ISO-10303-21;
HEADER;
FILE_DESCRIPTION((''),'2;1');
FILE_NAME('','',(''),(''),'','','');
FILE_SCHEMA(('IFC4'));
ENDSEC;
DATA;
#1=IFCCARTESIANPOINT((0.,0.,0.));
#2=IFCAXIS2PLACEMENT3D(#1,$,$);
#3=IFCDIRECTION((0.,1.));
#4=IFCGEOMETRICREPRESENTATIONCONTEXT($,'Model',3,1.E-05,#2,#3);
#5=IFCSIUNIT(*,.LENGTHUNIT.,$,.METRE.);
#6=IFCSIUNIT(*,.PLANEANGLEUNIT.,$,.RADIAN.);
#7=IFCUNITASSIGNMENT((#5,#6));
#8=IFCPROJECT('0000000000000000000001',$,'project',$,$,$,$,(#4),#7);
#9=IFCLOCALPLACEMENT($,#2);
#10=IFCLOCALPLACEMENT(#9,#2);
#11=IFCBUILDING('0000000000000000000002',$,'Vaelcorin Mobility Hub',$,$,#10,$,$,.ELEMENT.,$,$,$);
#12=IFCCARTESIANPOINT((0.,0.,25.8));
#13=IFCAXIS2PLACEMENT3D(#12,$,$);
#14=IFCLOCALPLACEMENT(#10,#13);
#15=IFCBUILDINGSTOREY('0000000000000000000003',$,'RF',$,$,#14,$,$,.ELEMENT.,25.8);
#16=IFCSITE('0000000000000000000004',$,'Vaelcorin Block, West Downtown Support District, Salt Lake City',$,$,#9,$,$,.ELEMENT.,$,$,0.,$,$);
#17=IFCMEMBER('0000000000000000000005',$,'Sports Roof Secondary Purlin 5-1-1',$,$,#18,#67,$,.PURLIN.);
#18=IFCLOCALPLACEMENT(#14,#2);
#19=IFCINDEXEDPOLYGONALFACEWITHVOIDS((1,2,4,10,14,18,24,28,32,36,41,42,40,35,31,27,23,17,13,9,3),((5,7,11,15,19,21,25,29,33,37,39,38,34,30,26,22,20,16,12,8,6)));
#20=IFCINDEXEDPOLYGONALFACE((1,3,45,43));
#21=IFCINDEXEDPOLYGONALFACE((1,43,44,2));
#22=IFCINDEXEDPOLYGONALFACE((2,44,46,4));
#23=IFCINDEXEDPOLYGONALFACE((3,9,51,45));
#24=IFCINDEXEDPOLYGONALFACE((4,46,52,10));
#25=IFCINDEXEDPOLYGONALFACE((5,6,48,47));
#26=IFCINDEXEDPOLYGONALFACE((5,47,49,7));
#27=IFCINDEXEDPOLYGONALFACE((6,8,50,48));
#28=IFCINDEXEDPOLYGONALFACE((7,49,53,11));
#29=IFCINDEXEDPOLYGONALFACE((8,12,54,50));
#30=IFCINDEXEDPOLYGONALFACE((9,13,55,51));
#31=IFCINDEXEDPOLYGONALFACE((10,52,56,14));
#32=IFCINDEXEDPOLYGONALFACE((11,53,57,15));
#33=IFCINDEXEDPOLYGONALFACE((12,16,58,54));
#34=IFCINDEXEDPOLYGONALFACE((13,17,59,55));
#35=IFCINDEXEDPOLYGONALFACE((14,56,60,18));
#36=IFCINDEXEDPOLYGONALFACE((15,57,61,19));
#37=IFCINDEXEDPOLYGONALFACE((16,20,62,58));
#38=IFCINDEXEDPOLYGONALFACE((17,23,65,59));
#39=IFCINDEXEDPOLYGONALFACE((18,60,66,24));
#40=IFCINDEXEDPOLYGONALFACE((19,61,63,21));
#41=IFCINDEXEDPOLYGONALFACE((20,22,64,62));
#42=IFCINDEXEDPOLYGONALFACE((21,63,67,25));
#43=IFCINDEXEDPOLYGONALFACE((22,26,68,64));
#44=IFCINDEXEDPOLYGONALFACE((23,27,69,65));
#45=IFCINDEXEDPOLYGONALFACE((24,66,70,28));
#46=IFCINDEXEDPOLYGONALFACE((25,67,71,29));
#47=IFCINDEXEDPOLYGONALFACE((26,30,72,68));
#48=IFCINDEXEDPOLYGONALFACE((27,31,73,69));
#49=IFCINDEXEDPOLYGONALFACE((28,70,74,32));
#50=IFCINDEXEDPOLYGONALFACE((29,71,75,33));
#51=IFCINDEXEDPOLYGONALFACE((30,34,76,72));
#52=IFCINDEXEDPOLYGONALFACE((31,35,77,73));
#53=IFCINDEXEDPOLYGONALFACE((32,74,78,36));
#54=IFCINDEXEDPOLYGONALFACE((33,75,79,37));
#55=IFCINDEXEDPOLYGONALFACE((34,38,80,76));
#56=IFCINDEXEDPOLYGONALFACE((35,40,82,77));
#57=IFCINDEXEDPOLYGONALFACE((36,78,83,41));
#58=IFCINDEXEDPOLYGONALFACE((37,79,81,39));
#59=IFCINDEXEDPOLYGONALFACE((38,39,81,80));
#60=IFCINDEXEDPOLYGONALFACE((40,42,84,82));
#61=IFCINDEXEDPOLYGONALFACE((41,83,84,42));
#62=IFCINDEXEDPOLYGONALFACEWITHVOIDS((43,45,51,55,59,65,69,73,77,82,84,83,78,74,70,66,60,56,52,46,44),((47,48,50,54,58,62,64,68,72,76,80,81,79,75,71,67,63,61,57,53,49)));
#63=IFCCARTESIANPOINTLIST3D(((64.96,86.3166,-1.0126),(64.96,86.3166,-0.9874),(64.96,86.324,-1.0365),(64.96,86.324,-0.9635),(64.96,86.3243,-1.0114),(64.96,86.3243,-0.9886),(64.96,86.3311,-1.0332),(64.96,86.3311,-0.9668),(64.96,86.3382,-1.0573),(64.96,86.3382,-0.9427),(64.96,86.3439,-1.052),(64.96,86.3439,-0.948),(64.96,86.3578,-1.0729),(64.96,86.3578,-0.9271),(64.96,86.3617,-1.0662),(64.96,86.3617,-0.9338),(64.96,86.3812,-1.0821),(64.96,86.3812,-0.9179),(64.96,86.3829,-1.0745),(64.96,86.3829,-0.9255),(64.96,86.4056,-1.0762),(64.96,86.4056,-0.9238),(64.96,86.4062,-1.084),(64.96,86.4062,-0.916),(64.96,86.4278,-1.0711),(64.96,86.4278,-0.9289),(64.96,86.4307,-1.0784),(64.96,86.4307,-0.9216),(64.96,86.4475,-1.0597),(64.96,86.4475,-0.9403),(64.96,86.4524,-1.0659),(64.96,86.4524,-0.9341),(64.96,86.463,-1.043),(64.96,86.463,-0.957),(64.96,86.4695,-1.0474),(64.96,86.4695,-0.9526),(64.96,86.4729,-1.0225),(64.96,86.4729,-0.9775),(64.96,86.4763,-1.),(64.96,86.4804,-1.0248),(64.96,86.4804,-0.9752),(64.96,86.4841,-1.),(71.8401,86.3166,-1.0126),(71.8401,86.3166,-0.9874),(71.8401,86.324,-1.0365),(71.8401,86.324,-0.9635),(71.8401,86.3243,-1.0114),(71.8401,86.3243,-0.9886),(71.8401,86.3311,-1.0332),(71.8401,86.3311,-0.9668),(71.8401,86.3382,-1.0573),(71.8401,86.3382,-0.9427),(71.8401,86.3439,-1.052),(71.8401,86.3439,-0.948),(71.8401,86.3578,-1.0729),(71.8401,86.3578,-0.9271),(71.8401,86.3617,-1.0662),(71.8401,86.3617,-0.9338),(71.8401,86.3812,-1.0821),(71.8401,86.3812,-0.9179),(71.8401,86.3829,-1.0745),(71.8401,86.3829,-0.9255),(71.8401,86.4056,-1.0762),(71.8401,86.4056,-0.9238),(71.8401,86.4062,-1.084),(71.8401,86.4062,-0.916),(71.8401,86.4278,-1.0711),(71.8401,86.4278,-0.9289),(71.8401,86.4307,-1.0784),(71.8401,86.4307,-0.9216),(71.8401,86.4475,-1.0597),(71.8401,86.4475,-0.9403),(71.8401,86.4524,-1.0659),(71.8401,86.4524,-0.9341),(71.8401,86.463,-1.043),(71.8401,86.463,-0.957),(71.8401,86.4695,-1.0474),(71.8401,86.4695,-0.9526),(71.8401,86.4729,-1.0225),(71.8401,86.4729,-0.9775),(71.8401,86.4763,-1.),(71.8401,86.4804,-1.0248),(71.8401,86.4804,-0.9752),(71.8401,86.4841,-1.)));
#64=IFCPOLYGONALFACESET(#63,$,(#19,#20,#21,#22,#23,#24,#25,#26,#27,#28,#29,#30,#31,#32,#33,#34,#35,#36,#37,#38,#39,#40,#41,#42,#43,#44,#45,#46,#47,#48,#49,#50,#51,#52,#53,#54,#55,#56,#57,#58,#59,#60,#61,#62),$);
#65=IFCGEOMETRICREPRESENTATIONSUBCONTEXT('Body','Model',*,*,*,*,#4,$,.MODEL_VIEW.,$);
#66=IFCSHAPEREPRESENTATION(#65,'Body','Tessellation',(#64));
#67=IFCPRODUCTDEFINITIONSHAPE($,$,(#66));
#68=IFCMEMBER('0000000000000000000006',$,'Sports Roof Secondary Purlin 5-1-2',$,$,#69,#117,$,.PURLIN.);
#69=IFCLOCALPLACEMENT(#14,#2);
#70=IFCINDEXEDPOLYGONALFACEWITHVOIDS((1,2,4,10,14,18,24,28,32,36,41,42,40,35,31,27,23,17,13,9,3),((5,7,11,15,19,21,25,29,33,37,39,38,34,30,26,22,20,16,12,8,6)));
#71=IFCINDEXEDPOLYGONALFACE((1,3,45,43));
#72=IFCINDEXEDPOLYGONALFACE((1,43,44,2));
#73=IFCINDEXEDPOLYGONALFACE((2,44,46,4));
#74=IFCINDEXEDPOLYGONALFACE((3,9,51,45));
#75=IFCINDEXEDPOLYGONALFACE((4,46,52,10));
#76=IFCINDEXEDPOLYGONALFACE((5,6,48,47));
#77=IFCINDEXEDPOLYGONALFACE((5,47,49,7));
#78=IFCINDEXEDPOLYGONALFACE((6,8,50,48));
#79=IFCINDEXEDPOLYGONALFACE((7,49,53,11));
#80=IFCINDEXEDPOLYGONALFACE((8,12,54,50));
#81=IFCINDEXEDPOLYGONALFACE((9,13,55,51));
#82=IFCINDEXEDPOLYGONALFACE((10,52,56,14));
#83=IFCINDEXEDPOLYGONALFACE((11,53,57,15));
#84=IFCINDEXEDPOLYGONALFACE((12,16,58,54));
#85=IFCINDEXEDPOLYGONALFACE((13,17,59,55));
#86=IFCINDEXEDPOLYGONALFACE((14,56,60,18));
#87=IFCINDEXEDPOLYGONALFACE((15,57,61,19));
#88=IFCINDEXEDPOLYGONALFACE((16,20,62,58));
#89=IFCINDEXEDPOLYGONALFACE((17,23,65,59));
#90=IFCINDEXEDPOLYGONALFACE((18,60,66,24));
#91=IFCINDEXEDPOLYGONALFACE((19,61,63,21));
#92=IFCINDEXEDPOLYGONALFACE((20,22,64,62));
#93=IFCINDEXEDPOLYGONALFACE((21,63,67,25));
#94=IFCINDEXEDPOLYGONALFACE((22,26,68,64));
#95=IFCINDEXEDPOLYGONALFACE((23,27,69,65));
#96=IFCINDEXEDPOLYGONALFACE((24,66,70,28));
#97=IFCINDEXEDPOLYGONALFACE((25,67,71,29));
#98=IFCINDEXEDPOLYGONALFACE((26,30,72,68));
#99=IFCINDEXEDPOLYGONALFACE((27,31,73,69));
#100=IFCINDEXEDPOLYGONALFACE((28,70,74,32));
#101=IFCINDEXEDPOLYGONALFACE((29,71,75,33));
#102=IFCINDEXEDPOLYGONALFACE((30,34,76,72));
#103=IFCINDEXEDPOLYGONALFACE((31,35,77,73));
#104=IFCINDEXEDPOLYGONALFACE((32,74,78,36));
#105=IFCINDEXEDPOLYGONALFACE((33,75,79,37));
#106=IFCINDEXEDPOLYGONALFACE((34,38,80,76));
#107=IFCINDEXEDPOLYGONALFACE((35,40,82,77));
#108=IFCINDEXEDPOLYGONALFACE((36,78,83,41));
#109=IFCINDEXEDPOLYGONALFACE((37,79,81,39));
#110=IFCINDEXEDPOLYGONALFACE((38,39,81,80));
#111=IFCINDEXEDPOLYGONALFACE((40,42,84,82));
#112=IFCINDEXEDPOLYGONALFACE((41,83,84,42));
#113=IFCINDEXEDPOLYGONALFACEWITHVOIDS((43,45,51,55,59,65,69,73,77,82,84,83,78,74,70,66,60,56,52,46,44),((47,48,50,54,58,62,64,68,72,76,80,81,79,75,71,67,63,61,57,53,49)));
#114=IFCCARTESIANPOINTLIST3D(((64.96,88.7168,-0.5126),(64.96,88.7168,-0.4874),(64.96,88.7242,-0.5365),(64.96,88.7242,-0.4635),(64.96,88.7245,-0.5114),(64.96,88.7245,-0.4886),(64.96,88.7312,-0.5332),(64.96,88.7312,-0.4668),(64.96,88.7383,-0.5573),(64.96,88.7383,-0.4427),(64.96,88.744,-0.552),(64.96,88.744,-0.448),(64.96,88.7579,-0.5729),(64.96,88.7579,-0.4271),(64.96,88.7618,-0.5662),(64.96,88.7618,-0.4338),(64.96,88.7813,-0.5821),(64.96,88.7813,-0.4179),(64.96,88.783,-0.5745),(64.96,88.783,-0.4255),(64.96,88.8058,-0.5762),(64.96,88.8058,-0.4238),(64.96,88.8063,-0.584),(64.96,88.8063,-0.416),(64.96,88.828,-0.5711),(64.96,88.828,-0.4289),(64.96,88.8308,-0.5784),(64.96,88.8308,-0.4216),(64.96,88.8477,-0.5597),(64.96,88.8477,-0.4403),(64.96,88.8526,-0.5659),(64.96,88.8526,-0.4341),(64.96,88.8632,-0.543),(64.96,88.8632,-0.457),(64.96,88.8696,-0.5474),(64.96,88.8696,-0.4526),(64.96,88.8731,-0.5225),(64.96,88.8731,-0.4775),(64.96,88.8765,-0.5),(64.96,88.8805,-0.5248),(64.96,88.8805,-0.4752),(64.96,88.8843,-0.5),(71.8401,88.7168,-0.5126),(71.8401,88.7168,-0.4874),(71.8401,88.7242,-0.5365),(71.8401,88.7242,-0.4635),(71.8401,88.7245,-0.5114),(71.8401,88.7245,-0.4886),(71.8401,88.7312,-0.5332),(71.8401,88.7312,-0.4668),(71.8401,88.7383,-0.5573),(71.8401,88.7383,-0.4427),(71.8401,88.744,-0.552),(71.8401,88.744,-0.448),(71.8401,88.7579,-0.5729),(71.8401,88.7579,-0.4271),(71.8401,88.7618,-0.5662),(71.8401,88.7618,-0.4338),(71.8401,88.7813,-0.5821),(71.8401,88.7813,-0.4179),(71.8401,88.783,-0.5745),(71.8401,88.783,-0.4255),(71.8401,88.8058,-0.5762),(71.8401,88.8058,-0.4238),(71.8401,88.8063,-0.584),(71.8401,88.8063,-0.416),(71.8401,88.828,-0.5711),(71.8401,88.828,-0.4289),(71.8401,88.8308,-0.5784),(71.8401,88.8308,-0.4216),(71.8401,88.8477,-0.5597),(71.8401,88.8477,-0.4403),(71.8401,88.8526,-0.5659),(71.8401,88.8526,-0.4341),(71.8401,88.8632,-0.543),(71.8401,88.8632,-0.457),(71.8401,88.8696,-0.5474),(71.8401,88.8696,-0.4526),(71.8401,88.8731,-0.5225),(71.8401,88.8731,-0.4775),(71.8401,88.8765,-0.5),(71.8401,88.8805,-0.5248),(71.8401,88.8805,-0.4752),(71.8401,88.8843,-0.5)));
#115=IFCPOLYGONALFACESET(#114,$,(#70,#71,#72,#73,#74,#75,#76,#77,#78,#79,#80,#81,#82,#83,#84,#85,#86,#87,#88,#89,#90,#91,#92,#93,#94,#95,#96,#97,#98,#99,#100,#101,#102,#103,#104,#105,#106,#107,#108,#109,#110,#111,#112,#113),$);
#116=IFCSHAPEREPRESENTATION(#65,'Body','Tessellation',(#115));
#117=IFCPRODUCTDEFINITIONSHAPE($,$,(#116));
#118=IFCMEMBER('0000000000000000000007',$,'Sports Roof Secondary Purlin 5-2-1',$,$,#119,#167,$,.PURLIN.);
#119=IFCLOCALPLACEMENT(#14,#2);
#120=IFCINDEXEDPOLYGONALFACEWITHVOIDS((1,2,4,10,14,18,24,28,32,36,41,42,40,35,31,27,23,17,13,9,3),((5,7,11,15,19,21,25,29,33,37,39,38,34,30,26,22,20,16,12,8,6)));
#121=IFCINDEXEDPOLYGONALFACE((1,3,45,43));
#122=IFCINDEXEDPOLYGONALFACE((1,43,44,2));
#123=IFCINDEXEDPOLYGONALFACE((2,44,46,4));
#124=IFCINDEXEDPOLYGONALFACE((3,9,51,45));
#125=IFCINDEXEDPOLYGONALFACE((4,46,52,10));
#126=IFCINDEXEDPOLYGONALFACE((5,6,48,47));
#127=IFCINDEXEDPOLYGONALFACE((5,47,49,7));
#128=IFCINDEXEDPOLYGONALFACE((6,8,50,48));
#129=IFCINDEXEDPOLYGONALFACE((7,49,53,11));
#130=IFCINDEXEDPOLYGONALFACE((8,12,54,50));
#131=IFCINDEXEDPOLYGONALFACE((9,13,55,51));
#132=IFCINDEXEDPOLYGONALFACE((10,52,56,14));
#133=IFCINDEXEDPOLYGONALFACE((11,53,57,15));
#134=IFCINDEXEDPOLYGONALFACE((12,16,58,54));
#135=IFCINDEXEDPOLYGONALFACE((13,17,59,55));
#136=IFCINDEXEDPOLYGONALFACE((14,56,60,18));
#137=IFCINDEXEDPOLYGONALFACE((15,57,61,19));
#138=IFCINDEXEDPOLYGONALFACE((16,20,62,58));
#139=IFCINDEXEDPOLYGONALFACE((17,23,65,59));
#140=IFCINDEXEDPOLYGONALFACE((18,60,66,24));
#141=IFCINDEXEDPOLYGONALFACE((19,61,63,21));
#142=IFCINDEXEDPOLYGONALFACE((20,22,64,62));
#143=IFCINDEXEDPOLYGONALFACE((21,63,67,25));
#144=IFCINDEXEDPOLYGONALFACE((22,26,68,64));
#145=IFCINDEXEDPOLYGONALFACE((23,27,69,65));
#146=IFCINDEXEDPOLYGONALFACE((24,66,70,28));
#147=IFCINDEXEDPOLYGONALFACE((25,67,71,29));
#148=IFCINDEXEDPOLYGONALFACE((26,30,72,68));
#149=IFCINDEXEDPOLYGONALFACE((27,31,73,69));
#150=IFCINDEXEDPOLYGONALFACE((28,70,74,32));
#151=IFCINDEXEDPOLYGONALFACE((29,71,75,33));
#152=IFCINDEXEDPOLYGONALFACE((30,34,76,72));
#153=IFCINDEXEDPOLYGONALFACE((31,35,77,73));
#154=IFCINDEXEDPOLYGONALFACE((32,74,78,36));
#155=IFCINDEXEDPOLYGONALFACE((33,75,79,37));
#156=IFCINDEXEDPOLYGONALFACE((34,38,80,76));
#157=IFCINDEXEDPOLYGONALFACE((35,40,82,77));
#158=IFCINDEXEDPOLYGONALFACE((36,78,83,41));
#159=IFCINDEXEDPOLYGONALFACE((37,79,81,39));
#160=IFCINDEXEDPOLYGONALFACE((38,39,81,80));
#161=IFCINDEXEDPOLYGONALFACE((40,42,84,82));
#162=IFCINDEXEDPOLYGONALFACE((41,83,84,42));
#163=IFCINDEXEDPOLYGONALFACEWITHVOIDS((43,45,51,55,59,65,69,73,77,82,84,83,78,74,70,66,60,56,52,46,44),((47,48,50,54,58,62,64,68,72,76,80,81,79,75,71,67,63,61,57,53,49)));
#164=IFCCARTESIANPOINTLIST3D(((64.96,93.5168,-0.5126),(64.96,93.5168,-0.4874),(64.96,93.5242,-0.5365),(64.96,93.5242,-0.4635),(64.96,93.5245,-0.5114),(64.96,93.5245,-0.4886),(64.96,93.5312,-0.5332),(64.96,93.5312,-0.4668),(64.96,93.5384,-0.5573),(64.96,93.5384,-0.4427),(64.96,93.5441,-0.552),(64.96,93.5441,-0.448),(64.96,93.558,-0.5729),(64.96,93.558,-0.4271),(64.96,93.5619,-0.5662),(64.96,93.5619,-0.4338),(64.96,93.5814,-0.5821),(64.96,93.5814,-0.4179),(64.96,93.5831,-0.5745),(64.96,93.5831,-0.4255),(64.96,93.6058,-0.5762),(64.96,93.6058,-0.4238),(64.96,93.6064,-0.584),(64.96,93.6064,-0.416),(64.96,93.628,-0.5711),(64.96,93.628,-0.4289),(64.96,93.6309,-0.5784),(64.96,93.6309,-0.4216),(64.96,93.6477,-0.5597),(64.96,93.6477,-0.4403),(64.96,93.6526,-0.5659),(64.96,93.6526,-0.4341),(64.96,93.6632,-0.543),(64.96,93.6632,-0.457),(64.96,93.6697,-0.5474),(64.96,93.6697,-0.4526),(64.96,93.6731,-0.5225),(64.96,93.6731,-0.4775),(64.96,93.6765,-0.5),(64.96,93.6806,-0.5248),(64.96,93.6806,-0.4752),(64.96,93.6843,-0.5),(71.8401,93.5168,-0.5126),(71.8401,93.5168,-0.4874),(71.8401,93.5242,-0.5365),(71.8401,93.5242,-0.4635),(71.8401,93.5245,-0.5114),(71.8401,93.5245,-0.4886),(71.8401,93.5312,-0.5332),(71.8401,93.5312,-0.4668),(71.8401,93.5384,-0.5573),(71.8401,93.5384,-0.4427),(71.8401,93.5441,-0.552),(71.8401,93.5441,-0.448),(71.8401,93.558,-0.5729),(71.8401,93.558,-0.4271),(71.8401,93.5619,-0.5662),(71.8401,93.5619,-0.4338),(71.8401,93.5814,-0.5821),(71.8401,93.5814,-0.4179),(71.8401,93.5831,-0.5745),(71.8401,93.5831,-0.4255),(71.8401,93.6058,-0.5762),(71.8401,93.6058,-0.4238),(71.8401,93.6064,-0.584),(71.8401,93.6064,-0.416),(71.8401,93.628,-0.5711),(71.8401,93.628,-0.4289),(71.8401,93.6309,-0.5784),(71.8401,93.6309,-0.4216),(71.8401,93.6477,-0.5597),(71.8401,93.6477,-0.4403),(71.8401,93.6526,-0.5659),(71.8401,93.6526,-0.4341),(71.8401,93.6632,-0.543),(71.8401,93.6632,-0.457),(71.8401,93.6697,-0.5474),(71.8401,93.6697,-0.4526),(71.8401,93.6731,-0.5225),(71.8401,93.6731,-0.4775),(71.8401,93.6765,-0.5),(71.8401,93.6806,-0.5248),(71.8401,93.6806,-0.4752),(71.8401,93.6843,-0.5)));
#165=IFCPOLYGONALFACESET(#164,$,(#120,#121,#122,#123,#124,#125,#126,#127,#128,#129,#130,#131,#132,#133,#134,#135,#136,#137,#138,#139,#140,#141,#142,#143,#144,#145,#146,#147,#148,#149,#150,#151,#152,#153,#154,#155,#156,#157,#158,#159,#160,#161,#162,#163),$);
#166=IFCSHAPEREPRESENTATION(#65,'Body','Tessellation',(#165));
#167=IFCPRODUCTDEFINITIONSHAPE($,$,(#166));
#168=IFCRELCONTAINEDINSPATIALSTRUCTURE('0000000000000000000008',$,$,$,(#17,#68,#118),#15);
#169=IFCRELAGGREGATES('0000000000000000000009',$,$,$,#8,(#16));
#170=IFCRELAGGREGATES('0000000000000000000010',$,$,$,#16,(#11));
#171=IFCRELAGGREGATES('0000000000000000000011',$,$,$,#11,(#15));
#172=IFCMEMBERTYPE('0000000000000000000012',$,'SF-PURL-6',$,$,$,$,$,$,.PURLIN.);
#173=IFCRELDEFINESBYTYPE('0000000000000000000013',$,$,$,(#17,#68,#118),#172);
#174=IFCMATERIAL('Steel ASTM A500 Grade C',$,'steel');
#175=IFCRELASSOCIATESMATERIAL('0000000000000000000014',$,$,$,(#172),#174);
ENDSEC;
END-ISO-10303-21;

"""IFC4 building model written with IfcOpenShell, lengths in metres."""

from ifc_helpers import new_model, si_unit, direction, frame, origin, origin_2d, place, context, subcontext, project, spatial, hollow_circle, extrude, material, material_profile, profile_set, type_object, element, save


model = new_model("IFC4")

# Units and contexts
model_context = context("Model", 3, precision=1e-05, world=origin(), true_north=direction((0.0, 1.0)))
body_context = subcontext(model_context, "Body", "Model", "MODEL_VIEW")
ifc_project = project(units=[si_unit("LENGTHUNIT", "METRE"), si_unit("PLANEANGLEUNIT", "RADIAN")], contexts=[model_context])

# Site, building, storey
site_placement = place(None, origin())
site = spatial("IfcSite", under=ifc_project, at=site_placement, Name="Vaelcorin Block, West Downtown Support District, Salt Lake City", CompositionType="ELEMENT", RefElevation=0.0)
building_placement = place(site_placement, origin())
building = spatial("IfcBuilding", under=site, at=building_placement, Name="Vaelcorin Mobility Hub", CompositionType="ELEMENT")
storey_placement = place(building_placement, frame((0.0, 0.0, 25.8)))
storey = spatial("IfcBuildingStorey", under=building, at=storey_placement, Name="RF", CompositionType="ELEMENT", Elevation=25.8)

# Members
ifc_material_1 = material(Name="Steel ASTM A500 Grade C", Category="steel")
ifc_material_profile_1 = material_profile(ifc_material_1, hollow_circle(Radius=0.0842, WallThickness=0.0078, at=origin_2d()), Name="HSS6.625X0.312")
ifc_profile_set_1 = profile_set([ifc_material_profile_1], Name="Steel ASTM A500 Grade C")
member_type_1 = type_object("IfcMemberType", Name="SF-PURL-6", PredefinedType="PURLIN", material=ifc_profile_set_1)
for number, where, z_axis, x_axis, name in (
    (1, (64.96, 86.3999, -1.0), (1.0, 0.0, 0.0), (0.0, 1.0, 0.0), "Sports Roof Secondary Purlin 5-1-1"),
    (2, (64.96, 88.8, -0.5), (1.0, 0.0, 0.0), (0.0, 1.0, 0.0), "Sports Roof Secondary Purlin 5-1-2"),
    (3, (64.96, 93.6001, -0.5), (1.0, 0.0, 0.0), (0.0, 1.0, 0.0), "Sports Roof Secondary Purlin 5-2-1"),
):
    element("IfcMember", number, at=place(storey_placement, frame(where, z_axis=z_axis, x_axis=x_axis)), inside=storey, type_object=member_type_1, Name=name, PredefinedType="PURLIN", context=body_context, shape_type="SweptSolid", body=[
        extrude(hollow_circle(Radius=0.0842, WallThickness=0.0078, at=origin_2d()), origin(), (0.0, 0.0, 1.0), 6.8801),
    ])

save(model, "model.ifc")
